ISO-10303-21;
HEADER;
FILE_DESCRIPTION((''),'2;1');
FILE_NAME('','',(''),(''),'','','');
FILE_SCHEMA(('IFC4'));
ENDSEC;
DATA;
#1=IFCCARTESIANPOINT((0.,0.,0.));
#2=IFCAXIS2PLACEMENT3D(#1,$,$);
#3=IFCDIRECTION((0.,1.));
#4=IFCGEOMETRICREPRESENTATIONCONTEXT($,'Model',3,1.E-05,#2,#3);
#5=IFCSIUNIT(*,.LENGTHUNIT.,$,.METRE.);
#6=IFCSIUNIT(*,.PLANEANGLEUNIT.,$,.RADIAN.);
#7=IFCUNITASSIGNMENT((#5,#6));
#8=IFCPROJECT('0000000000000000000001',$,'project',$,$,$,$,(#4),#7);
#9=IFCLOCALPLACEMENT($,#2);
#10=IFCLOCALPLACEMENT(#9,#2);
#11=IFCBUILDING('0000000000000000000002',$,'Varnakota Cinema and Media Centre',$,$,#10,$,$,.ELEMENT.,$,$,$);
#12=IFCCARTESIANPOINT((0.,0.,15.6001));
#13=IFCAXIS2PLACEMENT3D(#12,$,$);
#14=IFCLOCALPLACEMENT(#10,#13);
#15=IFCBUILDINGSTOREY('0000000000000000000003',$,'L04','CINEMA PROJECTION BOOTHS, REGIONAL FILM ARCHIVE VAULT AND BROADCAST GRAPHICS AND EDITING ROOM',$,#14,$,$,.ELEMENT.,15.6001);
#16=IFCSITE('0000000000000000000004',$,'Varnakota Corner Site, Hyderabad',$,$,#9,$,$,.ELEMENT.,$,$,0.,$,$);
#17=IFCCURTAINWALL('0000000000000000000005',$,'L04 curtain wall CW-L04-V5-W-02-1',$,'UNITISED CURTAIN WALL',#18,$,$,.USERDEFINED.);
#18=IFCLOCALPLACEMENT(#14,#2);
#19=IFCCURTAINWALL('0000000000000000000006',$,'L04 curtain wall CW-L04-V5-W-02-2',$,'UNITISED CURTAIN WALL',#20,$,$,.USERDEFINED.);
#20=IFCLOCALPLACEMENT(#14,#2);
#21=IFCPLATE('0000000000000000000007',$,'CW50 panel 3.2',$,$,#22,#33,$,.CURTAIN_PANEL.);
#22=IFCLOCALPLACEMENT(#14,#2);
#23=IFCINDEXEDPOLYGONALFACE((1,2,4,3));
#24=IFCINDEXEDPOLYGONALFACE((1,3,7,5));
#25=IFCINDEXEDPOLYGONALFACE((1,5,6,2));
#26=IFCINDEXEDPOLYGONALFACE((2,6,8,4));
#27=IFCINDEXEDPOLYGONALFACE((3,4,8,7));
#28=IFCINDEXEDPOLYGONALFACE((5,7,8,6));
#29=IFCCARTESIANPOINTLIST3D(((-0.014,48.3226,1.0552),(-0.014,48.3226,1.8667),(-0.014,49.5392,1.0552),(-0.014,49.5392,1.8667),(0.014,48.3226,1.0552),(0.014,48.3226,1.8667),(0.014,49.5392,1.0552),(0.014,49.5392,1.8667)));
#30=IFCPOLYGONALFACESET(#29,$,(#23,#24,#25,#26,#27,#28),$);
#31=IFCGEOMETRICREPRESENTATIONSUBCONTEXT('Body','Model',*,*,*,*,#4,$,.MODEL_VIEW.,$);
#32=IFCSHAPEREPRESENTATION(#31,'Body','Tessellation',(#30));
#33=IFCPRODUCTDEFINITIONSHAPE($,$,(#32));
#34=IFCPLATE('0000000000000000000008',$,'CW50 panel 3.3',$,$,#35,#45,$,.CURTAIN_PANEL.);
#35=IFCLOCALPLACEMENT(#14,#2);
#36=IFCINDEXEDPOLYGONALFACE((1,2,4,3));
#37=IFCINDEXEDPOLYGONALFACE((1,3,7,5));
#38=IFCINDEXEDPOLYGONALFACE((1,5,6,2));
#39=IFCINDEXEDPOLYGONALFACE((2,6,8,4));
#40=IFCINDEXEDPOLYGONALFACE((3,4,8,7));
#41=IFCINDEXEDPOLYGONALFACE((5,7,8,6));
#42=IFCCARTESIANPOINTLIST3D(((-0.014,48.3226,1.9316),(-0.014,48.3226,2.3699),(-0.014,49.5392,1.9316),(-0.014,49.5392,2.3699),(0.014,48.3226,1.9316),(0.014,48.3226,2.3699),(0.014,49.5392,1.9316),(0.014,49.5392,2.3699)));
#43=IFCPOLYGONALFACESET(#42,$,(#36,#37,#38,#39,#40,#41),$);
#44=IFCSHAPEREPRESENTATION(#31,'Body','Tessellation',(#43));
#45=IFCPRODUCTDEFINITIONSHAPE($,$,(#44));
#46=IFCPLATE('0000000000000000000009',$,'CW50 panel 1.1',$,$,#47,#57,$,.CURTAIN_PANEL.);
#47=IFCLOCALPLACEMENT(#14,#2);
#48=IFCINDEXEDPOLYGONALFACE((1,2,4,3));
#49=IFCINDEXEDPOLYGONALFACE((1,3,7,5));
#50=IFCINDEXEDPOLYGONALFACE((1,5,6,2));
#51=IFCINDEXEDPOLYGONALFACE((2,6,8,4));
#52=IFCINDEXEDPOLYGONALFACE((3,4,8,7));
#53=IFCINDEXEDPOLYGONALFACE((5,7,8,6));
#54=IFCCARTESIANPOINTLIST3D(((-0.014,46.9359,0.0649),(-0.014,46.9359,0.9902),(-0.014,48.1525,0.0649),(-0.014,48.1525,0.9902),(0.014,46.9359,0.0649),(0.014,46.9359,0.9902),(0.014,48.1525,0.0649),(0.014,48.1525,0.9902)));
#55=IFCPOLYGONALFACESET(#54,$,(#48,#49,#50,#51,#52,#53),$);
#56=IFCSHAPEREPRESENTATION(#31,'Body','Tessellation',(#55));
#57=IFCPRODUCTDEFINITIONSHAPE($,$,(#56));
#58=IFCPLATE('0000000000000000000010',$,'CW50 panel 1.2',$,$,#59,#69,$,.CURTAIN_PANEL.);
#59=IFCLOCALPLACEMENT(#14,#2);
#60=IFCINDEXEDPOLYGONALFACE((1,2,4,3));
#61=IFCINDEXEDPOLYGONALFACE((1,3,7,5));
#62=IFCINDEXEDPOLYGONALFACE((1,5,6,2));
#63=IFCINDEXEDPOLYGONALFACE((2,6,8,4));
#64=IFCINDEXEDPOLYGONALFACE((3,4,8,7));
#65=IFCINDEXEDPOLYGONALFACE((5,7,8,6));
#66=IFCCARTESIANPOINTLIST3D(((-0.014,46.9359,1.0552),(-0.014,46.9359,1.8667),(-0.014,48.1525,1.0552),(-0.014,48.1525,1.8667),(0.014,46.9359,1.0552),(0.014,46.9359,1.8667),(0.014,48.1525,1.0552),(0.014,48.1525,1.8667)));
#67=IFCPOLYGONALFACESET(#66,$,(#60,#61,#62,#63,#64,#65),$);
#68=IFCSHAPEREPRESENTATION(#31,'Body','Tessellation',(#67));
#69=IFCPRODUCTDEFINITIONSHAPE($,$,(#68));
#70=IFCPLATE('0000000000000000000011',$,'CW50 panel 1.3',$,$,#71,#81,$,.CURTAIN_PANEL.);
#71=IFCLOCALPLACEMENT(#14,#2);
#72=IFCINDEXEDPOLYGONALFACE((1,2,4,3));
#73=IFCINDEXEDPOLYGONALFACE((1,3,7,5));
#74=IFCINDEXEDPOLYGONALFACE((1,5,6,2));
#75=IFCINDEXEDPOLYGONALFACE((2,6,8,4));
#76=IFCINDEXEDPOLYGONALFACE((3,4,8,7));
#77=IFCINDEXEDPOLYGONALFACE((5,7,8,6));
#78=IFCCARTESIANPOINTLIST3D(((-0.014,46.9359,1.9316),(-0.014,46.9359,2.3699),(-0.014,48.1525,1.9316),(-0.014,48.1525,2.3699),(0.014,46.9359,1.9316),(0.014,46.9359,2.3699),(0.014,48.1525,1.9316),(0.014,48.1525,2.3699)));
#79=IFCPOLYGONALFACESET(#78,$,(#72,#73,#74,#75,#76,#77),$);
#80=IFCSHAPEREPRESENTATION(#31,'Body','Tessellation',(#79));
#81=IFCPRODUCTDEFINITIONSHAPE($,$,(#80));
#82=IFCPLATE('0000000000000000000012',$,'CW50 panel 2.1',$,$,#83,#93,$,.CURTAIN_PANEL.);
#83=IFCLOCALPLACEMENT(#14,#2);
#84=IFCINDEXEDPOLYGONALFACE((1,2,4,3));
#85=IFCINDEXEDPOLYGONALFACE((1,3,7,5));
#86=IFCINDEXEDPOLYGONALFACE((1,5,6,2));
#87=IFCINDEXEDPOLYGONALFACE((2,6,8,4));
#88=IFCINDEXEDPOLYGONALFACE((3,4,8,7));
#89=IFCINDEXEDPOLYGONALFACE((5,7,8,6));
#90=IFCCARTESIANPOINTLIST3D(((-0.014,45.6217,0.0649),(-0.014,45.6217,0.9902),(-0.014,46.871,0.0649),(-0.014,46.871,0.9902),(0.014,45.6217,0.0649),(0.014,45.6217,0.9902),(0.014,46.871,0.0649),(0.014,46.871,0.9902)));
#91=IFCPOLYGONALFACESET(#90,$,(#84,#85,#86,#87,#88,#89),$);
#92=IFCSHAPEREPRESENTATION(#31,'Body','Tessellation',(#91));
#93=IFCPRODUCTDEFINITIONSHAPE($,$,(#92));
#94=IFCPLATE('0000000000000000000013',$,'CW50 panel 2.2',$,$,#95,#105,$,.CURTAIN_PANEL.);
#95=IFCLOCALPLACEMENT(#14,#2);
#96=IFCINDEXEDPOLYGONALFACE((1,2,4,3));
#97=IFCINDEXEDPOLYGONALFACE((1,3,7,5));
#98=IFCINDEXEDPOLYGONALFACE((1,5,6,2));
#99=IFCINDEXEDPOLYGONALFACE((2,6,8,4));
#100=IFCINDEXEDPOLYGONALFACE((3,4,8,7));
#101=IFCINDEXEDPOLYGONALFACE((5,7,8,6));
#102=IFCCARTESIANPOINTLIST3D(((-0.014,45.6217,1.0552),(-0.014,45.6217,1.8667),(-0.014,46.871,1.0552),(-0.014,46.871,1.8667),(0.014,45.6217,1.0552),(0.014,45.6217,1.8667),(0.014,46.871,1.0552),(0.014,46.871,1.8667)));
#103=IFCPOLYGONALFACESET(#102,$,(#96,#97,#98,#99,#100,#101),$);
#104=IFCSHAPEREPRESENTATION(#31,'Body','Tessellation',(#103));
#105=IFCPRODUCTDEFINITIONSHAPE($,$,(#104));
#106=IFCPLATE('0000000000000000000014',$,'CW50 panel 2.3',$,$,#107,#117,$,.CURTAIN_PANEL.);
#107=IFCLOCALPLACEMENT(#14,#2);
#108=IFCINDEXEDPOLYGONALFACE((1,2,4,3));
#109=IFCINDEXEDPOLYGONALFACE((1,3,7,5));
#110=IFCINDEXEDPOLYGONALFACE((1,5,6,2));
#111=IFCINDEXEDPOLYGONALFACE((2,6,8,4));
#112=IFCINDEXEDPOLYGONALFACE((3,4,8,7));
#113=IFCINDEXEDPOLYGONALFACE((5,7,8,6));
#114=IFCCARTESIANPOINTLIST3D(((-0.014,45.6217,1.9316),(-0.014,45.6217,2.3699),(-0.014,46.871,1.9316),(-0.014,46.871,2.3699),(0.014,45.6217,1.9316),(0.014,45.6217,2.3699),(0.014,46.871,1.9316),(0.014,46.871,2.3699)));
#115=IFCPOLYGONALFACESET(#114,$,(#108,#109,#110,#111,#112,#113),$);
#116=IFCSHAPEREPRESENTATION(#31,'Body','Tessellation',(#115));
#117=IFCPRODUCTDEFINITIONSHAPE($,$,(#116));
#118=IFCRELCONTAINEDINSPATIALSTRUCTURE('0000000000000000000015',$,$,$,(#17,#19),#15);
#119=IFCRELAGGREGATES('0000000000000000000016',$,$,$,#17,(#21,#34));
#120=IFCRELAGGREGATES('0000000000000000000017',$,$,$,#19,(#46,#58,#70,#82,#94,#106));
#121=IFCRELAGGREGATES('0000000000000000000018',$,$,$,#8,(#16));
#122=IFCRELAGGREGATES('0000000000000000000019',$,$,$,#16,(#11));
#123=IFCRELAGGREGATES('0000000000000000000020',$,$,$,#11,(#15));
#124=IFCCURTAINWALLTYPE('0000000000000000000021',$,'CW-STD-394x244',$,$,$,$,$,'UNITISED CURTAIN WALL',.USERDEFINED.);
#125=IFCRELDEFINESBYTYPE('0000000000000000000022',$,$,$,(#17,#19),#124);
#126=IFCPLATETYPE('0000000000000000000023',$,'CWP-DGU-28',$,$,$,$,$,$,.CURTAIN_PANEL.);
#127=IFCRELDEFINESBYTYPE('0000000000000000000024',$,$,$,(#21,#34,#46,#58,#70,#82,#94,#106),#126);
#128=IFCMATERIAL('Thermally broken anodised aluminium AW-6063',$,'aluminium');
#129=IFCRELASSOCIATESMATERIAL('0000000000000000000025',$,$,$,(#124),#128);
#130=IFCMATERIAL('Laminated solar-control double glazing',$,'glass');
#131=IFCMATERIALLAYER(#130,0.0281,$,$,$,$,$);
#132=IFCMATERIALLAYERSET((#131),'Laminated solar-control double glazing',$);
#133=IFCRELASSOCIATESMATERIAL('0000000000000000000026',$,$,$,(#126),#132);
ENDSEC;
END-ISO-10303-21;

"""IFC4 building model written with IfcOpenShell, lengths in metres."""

from ifc_helpers import new_model, si_unit, direction, frame, origin, origin_2d, place, context, subcontext, project, spatial, rectangle, extrude, material, layer, layer_set, type_object, element, aggregate, save


model = new_model("IFC4")

# Units and contexts
model_context = context("Model", 3, precision=1e-05, world=origin(), true_north=direction((0.0, 1.0)))
body_context = subcontext(model_context, "Body", "Model", "MODEL_VIEW")
ifc_project = project(units=[si_unit("LENGTHUNIT", "METRE"), si_unit("PLANEANGLEUNIT", "RADIAN")], contexts=[model_context])

# Site, building, storey
site_placement = place(None, origin())
site = spatial("IfcSite", under=ifc_project, at=site_placement, Name="Varnakota Corner Site, Hyderabad", CompositionType="ELEMENT", RefElevation=0.0)
building_placement = place(site_placement, origin())
building = spatial("IfcBuilding", under=site, at=building_placement, Name="Varnakota Cinema and Media Centre", CompositionType="ELEMENT")
storey_placement = place(building_placement, frame((0.0, 0.0, 15.6001)))
storey = spatial("IfcBuildingStorey", under=building, at=storey_placement, Name="L04", Description="CINEMA PROJECTION BOOTHS, REGIONAL FILM ARCHIVE VAULT AND BROADCAST GRAPHICS AND EDITING ROOM", CompositionType="ELEMENT", Elevation=15.6001)

# Curtain walls
ifc_material_1 = material(Name="Thermally broken anodised aluminium AW-6063", Category="aluminium")
curtain_wall_type = type_object("IfcCurtainWallType", Name="CW-STD-394x244", ElementType="UNITISED CURTAIN WALL", PredefinedType="USERDEFINED", material=ifc_material_1)
curtain_wall_1_placement = place(storey_placement, origin())
curtain_wall_1 = element("IfcCurtainWall", 1, at=curtain_wall_1_placement, inside=storey, type_object=curtain_wall_type, Name="L04 curtain wall CW-L04-V5-W-02-1", ObjectType="UNITISED CURTAIN WALL", PredefinedType="USERDEFINED")
curtain_wall_2_placement = place(storey_placement, origin())
curtain_wall_2 = element("IfcCurtainWall", 2, at=curtain_wall_2_placement, inside=storey, type_object=curtain_wall_type, Name="L04 curtain wall CW-L04-V5-W-02-2", ObjectType="UNITISED CURTAIN WALL", PredefinedType="USERDEFINED")

# Plates
ifc_material_2 = material(Name="Laminated solar-control double glazing", Category="glass")
ifc_layer = layer(ifc_material_2, 0.0281)
ifc_layer_set = layer_set([ifc_layer], Name="Laminated solar-control double glazing")
plate_type = type_object("IfcPlateType", Name="CWP-DGU-28", PredefinedType="CURTAIN_PANEL", material=ifc_layer_set)
plate_1_placement = place(storey_placement, frame((0.0, 48.9309, 1.0552), z_axis=(0.0, 0.0, 1.0), x_axis=(0.0, -1.0, 0.0)))
plate_1 = element("IfcPlate", 3, at=plate_1_placement, type_object=plate_type, Name="CW50 panel 3.2", PredefinedType="CURTAIN_PANEL", context=body_context, shape_type="SweptSolid", body=[
    extrude(rectangle(XDim=1.2166, YDim=0.0281, at=origin_2d()), origin(), (0.0, 0.0, 1.0), 0.8115),
])
plate_2_placement = place(storey_placement, frame((0.0, 48.9309, 1.9316), z_axis=(0.0, 0.0, 1.0), x_axis=(0.0, -1.0, 0.0)))
plate_2 = element("IfcPlate", 4, at=plate_2_placement, type_object=plate_type, Name="CW50 panel 3.3", PredefinedType="CURTAIN_PANEL", context=body_context, shape_type="SweptSolid", body=[
    extrude(rectangle(XDim=1.2166, YDim=0.0281, at=origin_2d()), origin(), (0.0, 0.0, 1.0), 0.4382),
])
aggregate(curtain_wall_1, [plate_1, plate_2])
plate_3_placement = place(storey_placement, frame((0.0, 47.5442, 0.0649), z_axis=(0.0, 0.0, 1.0), x_axis=(0.0, -1.0, 0.0)))
plate_3 = element("IfcPlate", 5, at=plate_3_placement, type_object=plate_type, Name="CW50 panel 1.1", PredefinedType="CURTAIN_PANEL", context=body_context, shape_type="SweptSolid", body=[
    extrude(rectangle(XDim=1.2166, YDim=0.0281, at=origin_2d()), origin(), (0.0, 0.0, 1.0), 0.9253),
])
plate_4_placement = place(storey_placement, frame((0.0, 47.5442, 1.0552), z_axis=(0.0, 0.0, 1.0), x_axis=(0.0, -1.0, 0.0)))
plate_4 = element("IfcPlate", 6, at=plate_4_placement, type_object=plate_type, Name="CW50 panel 1.2", PredefinedType="CURTAIN_PANEL", context=body_context, shape_type="SweptSolid", body=[
    extrude(rectangle(XDim=1.2166, YDim=0.0281, at=origin_2d()), origin(), (0.0, 0.0, 1.0), 0.8115),
])
plate_5_placement = place(storey_placement, frame((0.0, 47.5442, 1.9316), z_axis=(0.0, 0.0, 1.0), x_axis=(0.0, -1.0, 0.0)))
plate_5 = element("IfcPlate", 7, at=plate_5_placement, type_object=plate_type, Name="CW50 panel 1.3", PredefinedType="CURTAIN_PANEL", context=body_context, shape_type="SweptSolid", body=[
    extrude(rectangle(XDim=1.2166, YDim=0.0281, at=origin_2d()), origin(), (0.0, 0.0, 1.0), 0.4382),
])
plate_6_placement = place(storey_placement, frame((0.0, 46.2463, 0.0649), z_axis=(0.0, 0.0, 1.0), x_axis=(0.0, -1.0, 0.0)))
plate_6 = element("IfcPlate", 8, at=plate_6_placement, type_object=plate_type, Name="CW50 panel 2.1", PredefinedType="CURTAIN_PANEL", context=body_context, shape_type="SweptSolid", body=[
    extrude(rectangle(XDim=1.2493, YDim=0.0281, at=origin_2d()), origin(), (0.0, 0.0, 1.0), 0.9253),
])
plate_7_placement = place(storey_placement, frame((0.0, 46.2463, 1.0552), z_axis=(0.0, 0.0, 1.0), x_axis=(0.0, -1.0, 0.0)))
plate_7 = element("IfcPlate", 9, at=plate_7_placement, type_object=plate_type, Name="CW50 panel 2.2", PredefinedType="CURTAIN_PANEL", context=body_context, shape_type="SweptSolid", body=[
    extrude(rectangle(XDim=1.2493, YDim=0.0281, at=origin_2d()), origin(), (0.0, 0.0, 1.0), 0.8115),
])
plate_8_placement = place(storey_placement, frame((0.0, 46.2463, 1.9316), z_axis=(0.0, 0.0, 1.0), x_axis=(0.0, -1.0, 0.0)))
plate_8 = element("IfcPlate", 10, at=plate_8_placement, type_object=plate_type, Name="CW50 panel 2.3", PredefinedType="CURTAIN_PANEL", context=body_context, shape_type="SweptSolid", body=[
    extrude(rectangle(XDim=1.2493, YDim=0.0281, at=origin_2d()), origin(), (0.0, 0.0, 1.0), 0.4382),
])
aggregate(curtain_wall_2, [plate_3, plate_4, plate_5, plate_6, plate_7, plate_8])

save(model, "model.ifc")
